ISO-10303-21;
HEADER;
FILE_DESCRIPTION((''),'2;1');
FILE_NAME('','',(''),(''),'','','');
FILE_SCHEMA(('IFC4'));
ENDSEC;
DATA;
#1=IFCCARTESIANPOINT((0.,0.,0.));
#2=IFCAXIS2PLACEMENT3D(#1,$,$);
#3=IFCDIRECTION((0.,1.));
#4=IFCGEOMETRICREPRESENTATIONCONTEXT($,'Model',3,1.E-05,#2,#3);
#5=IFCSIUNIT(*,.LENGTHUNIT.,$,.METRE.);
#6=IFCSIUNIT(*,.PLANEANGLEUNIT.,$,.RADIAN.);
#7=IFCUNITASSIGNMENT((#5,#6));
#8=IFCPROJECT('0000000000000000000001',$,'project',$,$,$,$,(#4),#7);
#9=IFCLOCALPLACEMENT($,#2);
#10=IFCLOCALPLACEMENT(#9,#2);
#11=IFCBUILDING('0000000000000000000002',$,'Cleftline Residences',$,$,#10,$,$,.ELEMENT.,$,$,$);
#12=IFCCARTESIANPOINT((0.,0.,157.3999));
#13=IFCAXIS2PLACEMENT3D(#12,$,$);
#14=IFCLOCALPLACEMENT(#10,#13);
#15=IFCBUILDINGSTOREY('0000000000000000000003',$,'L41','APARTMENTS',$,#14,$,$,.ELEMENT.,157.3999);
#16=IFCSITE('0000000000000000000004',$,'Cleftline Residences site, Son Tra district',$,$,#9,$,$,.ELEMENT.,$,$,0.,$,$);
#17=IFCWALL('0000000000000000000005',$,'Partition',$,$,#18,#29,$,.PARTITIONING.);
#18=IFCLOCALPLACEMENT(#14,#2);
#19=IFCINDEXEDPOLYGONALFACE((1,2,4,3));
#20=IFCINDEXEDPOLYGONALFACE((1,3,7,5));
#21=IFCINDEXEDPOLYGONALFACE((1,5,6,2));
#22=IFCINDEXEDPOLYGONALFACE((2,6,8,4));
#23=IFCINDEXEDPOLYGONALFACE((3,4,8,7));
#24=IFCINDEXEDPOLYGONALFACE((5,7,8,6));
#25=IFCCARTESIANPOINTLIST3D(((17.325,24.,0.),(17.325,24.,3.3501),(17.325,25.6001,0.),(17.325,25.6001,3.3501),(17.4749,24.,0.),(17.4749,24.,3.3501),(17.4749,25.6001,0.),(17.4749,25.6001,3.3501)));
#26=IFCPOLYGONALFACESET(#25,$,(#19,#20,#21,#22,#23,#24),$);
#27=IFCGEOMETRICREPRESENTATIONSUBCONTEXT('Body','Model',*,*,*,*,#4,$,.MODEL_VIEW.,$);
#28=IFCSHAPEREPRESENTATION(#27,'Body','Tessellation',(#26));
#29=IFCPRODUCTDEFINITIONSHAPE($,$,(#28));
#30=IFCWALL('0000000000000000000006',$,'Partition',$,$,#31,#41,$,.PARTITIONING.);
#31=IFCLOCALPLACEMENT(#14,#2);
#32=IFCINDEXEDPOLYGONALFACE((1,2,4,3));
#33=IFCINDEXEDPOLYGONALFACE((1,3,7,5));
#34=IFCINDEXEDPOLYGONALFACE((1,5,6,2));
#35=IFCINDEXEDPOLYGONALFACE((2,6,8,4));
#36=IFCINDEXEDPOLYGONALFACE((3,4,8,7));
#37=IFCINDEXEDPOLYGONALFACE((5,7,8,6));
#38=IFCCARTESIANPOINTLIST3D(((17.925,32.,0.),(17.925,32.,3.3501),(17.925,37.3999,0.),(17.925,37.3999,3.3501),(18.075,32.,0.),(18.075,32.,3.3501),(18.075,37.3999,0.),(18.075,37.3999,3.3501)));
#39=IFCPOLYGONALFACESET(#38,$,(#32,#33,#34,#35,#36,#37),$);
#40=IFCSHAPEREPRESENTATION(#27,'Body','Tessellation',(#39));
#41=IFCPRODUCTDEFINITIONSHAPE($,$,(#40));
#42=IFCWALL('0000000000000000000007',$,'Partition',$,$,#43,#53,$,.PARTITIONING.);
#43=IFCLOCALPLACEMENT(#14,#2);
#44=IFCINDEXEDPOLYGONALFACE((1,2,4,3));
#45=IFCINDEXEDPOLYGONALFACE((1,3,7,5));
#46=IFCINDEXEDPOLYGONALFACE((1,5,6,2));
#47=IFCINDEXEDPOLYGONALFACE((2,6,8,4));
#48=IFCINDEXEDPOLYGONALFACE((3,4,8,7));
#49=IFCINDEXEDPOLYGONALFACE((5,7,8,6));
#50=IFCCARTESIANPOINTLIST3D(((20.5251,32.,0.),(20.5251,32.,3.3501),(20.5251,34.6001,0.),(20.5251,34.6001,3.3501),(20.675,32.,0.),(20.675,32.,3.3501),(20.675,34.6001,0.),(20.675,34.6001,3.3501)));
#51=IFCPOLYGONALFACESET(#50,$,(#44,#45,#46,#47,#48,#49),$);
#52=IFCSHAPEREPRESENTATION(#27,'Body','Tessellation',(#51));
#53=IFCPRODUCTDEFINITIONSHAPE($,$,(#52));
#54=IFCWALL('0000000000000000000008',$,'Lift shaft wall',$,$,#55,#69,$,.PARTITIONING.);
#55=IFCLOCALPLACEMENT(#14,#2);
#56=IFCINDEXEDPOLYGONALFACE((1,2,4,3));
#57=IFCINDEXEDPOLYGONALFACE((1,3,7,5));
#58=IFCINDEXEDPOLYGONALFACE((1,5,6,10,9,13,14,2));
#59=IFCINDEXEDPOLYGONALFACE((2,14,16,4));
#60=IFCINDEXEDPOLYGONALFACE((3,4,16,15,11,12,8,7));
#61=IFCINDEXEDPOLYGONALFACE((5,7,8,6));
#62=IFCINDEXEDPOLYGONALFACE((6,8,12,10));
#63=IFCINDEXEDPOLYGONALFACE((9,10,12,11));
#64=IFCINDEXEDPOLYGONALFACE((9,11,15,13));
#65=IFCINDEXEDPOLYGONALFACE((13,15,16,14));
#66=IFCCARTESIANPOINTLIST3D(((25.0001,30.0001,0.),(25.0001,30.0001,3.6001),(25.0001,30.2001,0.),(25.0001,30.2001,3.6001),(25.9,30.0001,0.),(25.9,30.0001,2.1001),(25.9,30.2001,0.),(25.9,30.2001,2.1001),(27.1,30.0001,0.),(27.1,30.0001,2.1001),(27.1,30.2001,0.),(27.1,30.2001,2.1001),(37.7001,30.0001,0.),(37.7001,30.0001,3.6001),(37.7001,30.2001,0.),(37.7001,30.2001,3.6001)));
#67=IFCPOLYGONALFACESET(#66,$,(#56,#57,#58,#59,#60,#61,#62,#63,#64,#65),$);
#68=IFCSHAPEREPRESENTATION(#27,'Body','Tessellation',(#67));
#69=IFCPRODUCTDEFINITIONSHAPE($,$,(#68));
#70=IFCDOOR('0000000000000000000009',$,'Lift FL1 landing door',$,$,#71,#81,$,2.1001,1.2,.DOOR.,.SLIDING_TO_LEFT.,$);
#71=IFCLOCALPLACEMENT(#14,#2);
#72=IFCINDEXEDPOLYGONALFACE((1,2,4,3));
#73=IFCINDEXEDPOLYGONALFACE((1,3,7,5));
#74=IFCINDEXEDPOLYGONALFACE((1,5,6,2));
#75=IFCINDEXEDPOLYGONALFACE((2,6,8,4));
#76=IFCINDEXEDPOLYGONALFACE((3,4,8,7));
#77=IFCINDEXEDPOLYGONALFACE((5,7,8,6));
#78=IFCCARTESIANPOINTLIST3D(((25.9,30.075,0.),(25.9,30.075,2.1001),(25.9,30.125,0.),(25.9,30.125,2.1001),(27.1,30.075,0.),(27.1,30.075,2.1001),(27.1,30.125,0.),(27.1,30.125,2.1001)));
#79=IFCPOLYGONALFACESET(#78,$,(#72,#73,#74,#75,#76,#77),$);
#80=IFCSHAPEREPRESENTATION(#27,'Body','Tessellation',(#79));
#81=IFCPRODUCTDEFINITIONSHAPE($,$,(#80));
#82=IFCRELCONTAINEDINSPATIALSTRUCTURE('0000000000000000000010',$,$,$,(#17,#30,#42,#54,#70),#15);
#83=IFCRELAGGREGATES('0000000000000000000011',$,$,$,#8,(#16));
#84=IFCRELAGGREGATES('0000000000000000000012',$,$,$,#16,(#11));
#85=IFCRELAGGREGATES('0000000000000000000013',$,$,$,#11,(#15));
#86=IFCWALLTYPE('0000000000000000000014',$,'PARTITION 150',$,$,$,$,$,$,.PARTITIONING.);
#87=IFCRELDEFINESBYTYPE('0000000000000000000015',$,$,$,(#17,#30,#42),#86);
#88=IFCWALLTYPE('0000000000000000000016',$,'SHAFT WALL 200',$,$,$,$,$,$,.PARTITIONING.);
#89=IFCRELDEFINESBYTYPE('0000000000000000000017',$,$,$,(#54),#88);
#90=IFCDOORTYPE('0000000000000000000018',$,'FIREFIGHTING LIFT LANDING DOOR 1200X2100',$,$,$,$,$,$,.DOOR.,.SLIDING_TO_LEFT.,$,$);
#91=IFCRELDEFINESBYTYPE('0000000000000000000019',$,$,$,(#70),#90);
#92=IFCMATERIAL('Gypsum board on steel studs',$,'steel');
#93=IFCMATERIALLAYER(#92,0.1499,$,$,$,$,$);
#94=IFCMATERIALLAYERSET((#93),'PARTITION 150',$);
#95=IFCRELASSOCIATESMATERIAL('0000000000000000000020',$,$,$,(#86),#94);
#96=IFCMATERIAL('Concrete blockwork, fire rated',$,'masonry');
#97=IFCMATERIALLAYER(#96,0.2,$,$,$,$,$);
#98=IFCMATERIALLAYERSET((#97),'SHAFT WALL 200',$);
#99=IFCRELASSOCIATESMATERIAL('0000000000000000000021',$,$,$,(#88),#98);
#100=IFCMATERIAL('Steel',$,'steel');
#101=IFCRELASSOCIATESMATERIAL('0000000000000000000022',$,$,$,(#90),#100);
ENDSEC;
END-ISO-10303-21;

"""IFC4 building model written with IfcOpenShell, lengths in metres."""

from ifc_helpers import new_model, si_unit, direction, frame, frame_2d, origin, place, context, subcontext, project, spatial, rectangle, extrude, material, layer, layer_set, type_object, element, fill, save


model = new_model("IFC4")

# Units and contexts
model_context = context("Model", 3, precision=1e-05, world=origin(), true_north=direction((0.0, 1.0)))
body_context = subcontext(model_context, "Body", "Model", "MODEL_VIEW")
ifc_project = project(units=[si_unit("LENGTHUNIT", "METRE"), si_unit("PLANEANGLEUNIT", "RADIAN")], contexts=[model_context])

# Site, building, storey
site_placement = place(None, origin())
site = spatial("IfcSite", under=ifc_project, at=site_placement, Name="Cleftline Residences site, Son Tra district", CompositionType="ELEMENT", RefElevation=0.0)
building_placement = place(site_placement, origin())
building = spatial("IfcBuilding", under=site, at=building_placement, Name="Cleftline Residences", CompositionType="ELEMENT")
storey_placement = place(building_placement, frame((0.0, 0.0, 157.3999)))
storey = spatial("IfcBuildingStorey", under=building, at=storey_placement, Name="L41", Description="APARTMENTS", CompositionType="ELEMENT", Elevation=157.3999)

# Shared definitions
ifc_material_1 = material(Name="Gypsum board on steel studs", Category="steel")
ifc_layer_1 = layer(ifc_material_1, 0.1499)
ifc_layer_set_1 = layer_set([ifc_layer_1], Name="PARTITION 150")
wall_type_1 = type_object("IfcWallType", Name="PARTITION 150", PredefinedType="PARTITIONING", material=ifc_layer_set_1)

# Walls
wall_1_placement = place(storey_placement, frame((17.3999, 24.0, 0.0), z_axis=(0.0, 0.0, 1.0), x_axis=(0.0, 1.0, 0.0)))
element("IfcWall", 1, at=wall_1_placement, inside=storey, type_object=wall_type_1, Name="Partition", PredefinedType="PARTITIONING", context=body_context, shape_type="SweptSolid", body=[
    extrude(rectangle(XDim=1.6001, YDim=0.1499, at=frame_2d((0.8, 0.0))), origin(), (0.0, 0.0, 1.0), 3.3501),
])
wall_2_placement = place(storey_placement, frame((18.0, 32.0, 0.0), z_axis=(0.0, 0.0, 1.0), x_axis=(0.0, 1.0, 0.0)))
element("IfcWall", 2, at=wall_2_placement, inside=storey, type_object=wall_type_1, Name="Partition", PredefinedType="PARTITIONING", context=body_context, shape_type="SweptSolid", body=[
    extrude(rectangle(XDim=5.3999, YDim=0.1499, at=frame_2d((2.7, 0.0))), origin(), (0.0, 0.0, 1.0), 3.3501),
])
wall_3_placement = place(storey_placement, frame((20.6001, 32.0, 0.0), z_axis=(0.0, 0.0, 1.0), x_axis=(0.0, 1.0, 0.0)))
element("IfcWall", 3, at=wall_3_placement, inside=storey, type_object=wall_type_1, Name="Partition", PredefinedType="PARTITIONING", context=body_context, shape_type="SweptSolid", body=[
    extrude(rectangle(XDim=2.6001, YDim=0.1499, at=frame_2d((1.3, 0.0))), origin(), (0.0, 0.0, 1.0), 3.3501),
])

# Wall, opening, door
ifc_material_2 = material(Name="Concrete blockwork, fire rated", Category="masonry")
ifc_layer_2 = layer(ifc_material_2, 0.2)
ifc_layer_set_2 = layer_set([ifc_layer_2], Name="SHAFT WALL 200")
wall_type_2 = type_object("IfcWallType", Name="SHAFT WALL 200", PredefinedType="PARTITIONING", material=ifc_layer_set_2)
wall_4_placement = place(storey_placement, frame((25.0, 30.1001, 0.0), z_axis=(0.0, 0.0, 1.0), x_axis=(1.0, 0.0, 0.0)))
wall_4 = element("IfcWall", 4, at=wall_4_placement, inside=storey, type_object=wall_type_2, Name="Lift shaft wall", PredefinedType="PARTITIONING", context=body_context, shape_type="SweptSolid", body=[
    extrude(rectangle(XDim=12.7, YDim=0.2, at=frame_2d((6.3501, 0.0))), origin(), (0.0, 0.0, 1.0), 3.6001),
])
opening_1_placement = place(wall_4_placement, frame((0.8999, 0.0, 0.0)))
opening_1 = element("IfcOpeningElement", 5, at=opening_1_placement, cuts=wall_4, PredefinedType="OPENING", context=body_context, shape_type="SweptSolid", body=[
    extrude(rectangle(XDim=1.2, YDim=2.1001, at=frame_2d((0.6001, 1.05))), frame((0.0, 0.1099, 0.0), z_axis=(0.0, -1.0, 0.0), x_axis=(1.0, 0.0, 0.0)), (0.0, 0.0, 1.0), 0.22),
])
ifc_material_3 = material(Name="Steel", Category="steel")
door_type_1 = type_object("IfcDoorType", Name="FIREFIGHTING LIFT LANDING DOOR 1200X2100", OperationType="SLIDING_TO_LEFT", PredefinedType="DOOR", material=ifc_material_3)
door_1_placement = place(opening_1_placement, origin())
door_1 = element("IfcDoor", 6, at=door_1_placement, inside=storey, type_object=door_type_1, Name="Lift FL1 landing door", OperationType="SLIDING_TO_LEFT", OverallHeight=2.1001, OverallWidth=1.2, PredefinedType="DOOR", context=body_context, shape_type="SweptSolid", body=[
    extrude(rectangle(XDim=1.2, YDim=2.1001, at=frame_2d((0.6001, 1.05))), frame((0.0, 0.0249, 0.0), z_axis=(0.0, -1.0, 0.0), x_axis=(1.0, 0.0, 0.0)), (0.0, 0.0, 1.0), 0.05),
])
fill(opening_1, door_1)

save(model, "model.ifc")
